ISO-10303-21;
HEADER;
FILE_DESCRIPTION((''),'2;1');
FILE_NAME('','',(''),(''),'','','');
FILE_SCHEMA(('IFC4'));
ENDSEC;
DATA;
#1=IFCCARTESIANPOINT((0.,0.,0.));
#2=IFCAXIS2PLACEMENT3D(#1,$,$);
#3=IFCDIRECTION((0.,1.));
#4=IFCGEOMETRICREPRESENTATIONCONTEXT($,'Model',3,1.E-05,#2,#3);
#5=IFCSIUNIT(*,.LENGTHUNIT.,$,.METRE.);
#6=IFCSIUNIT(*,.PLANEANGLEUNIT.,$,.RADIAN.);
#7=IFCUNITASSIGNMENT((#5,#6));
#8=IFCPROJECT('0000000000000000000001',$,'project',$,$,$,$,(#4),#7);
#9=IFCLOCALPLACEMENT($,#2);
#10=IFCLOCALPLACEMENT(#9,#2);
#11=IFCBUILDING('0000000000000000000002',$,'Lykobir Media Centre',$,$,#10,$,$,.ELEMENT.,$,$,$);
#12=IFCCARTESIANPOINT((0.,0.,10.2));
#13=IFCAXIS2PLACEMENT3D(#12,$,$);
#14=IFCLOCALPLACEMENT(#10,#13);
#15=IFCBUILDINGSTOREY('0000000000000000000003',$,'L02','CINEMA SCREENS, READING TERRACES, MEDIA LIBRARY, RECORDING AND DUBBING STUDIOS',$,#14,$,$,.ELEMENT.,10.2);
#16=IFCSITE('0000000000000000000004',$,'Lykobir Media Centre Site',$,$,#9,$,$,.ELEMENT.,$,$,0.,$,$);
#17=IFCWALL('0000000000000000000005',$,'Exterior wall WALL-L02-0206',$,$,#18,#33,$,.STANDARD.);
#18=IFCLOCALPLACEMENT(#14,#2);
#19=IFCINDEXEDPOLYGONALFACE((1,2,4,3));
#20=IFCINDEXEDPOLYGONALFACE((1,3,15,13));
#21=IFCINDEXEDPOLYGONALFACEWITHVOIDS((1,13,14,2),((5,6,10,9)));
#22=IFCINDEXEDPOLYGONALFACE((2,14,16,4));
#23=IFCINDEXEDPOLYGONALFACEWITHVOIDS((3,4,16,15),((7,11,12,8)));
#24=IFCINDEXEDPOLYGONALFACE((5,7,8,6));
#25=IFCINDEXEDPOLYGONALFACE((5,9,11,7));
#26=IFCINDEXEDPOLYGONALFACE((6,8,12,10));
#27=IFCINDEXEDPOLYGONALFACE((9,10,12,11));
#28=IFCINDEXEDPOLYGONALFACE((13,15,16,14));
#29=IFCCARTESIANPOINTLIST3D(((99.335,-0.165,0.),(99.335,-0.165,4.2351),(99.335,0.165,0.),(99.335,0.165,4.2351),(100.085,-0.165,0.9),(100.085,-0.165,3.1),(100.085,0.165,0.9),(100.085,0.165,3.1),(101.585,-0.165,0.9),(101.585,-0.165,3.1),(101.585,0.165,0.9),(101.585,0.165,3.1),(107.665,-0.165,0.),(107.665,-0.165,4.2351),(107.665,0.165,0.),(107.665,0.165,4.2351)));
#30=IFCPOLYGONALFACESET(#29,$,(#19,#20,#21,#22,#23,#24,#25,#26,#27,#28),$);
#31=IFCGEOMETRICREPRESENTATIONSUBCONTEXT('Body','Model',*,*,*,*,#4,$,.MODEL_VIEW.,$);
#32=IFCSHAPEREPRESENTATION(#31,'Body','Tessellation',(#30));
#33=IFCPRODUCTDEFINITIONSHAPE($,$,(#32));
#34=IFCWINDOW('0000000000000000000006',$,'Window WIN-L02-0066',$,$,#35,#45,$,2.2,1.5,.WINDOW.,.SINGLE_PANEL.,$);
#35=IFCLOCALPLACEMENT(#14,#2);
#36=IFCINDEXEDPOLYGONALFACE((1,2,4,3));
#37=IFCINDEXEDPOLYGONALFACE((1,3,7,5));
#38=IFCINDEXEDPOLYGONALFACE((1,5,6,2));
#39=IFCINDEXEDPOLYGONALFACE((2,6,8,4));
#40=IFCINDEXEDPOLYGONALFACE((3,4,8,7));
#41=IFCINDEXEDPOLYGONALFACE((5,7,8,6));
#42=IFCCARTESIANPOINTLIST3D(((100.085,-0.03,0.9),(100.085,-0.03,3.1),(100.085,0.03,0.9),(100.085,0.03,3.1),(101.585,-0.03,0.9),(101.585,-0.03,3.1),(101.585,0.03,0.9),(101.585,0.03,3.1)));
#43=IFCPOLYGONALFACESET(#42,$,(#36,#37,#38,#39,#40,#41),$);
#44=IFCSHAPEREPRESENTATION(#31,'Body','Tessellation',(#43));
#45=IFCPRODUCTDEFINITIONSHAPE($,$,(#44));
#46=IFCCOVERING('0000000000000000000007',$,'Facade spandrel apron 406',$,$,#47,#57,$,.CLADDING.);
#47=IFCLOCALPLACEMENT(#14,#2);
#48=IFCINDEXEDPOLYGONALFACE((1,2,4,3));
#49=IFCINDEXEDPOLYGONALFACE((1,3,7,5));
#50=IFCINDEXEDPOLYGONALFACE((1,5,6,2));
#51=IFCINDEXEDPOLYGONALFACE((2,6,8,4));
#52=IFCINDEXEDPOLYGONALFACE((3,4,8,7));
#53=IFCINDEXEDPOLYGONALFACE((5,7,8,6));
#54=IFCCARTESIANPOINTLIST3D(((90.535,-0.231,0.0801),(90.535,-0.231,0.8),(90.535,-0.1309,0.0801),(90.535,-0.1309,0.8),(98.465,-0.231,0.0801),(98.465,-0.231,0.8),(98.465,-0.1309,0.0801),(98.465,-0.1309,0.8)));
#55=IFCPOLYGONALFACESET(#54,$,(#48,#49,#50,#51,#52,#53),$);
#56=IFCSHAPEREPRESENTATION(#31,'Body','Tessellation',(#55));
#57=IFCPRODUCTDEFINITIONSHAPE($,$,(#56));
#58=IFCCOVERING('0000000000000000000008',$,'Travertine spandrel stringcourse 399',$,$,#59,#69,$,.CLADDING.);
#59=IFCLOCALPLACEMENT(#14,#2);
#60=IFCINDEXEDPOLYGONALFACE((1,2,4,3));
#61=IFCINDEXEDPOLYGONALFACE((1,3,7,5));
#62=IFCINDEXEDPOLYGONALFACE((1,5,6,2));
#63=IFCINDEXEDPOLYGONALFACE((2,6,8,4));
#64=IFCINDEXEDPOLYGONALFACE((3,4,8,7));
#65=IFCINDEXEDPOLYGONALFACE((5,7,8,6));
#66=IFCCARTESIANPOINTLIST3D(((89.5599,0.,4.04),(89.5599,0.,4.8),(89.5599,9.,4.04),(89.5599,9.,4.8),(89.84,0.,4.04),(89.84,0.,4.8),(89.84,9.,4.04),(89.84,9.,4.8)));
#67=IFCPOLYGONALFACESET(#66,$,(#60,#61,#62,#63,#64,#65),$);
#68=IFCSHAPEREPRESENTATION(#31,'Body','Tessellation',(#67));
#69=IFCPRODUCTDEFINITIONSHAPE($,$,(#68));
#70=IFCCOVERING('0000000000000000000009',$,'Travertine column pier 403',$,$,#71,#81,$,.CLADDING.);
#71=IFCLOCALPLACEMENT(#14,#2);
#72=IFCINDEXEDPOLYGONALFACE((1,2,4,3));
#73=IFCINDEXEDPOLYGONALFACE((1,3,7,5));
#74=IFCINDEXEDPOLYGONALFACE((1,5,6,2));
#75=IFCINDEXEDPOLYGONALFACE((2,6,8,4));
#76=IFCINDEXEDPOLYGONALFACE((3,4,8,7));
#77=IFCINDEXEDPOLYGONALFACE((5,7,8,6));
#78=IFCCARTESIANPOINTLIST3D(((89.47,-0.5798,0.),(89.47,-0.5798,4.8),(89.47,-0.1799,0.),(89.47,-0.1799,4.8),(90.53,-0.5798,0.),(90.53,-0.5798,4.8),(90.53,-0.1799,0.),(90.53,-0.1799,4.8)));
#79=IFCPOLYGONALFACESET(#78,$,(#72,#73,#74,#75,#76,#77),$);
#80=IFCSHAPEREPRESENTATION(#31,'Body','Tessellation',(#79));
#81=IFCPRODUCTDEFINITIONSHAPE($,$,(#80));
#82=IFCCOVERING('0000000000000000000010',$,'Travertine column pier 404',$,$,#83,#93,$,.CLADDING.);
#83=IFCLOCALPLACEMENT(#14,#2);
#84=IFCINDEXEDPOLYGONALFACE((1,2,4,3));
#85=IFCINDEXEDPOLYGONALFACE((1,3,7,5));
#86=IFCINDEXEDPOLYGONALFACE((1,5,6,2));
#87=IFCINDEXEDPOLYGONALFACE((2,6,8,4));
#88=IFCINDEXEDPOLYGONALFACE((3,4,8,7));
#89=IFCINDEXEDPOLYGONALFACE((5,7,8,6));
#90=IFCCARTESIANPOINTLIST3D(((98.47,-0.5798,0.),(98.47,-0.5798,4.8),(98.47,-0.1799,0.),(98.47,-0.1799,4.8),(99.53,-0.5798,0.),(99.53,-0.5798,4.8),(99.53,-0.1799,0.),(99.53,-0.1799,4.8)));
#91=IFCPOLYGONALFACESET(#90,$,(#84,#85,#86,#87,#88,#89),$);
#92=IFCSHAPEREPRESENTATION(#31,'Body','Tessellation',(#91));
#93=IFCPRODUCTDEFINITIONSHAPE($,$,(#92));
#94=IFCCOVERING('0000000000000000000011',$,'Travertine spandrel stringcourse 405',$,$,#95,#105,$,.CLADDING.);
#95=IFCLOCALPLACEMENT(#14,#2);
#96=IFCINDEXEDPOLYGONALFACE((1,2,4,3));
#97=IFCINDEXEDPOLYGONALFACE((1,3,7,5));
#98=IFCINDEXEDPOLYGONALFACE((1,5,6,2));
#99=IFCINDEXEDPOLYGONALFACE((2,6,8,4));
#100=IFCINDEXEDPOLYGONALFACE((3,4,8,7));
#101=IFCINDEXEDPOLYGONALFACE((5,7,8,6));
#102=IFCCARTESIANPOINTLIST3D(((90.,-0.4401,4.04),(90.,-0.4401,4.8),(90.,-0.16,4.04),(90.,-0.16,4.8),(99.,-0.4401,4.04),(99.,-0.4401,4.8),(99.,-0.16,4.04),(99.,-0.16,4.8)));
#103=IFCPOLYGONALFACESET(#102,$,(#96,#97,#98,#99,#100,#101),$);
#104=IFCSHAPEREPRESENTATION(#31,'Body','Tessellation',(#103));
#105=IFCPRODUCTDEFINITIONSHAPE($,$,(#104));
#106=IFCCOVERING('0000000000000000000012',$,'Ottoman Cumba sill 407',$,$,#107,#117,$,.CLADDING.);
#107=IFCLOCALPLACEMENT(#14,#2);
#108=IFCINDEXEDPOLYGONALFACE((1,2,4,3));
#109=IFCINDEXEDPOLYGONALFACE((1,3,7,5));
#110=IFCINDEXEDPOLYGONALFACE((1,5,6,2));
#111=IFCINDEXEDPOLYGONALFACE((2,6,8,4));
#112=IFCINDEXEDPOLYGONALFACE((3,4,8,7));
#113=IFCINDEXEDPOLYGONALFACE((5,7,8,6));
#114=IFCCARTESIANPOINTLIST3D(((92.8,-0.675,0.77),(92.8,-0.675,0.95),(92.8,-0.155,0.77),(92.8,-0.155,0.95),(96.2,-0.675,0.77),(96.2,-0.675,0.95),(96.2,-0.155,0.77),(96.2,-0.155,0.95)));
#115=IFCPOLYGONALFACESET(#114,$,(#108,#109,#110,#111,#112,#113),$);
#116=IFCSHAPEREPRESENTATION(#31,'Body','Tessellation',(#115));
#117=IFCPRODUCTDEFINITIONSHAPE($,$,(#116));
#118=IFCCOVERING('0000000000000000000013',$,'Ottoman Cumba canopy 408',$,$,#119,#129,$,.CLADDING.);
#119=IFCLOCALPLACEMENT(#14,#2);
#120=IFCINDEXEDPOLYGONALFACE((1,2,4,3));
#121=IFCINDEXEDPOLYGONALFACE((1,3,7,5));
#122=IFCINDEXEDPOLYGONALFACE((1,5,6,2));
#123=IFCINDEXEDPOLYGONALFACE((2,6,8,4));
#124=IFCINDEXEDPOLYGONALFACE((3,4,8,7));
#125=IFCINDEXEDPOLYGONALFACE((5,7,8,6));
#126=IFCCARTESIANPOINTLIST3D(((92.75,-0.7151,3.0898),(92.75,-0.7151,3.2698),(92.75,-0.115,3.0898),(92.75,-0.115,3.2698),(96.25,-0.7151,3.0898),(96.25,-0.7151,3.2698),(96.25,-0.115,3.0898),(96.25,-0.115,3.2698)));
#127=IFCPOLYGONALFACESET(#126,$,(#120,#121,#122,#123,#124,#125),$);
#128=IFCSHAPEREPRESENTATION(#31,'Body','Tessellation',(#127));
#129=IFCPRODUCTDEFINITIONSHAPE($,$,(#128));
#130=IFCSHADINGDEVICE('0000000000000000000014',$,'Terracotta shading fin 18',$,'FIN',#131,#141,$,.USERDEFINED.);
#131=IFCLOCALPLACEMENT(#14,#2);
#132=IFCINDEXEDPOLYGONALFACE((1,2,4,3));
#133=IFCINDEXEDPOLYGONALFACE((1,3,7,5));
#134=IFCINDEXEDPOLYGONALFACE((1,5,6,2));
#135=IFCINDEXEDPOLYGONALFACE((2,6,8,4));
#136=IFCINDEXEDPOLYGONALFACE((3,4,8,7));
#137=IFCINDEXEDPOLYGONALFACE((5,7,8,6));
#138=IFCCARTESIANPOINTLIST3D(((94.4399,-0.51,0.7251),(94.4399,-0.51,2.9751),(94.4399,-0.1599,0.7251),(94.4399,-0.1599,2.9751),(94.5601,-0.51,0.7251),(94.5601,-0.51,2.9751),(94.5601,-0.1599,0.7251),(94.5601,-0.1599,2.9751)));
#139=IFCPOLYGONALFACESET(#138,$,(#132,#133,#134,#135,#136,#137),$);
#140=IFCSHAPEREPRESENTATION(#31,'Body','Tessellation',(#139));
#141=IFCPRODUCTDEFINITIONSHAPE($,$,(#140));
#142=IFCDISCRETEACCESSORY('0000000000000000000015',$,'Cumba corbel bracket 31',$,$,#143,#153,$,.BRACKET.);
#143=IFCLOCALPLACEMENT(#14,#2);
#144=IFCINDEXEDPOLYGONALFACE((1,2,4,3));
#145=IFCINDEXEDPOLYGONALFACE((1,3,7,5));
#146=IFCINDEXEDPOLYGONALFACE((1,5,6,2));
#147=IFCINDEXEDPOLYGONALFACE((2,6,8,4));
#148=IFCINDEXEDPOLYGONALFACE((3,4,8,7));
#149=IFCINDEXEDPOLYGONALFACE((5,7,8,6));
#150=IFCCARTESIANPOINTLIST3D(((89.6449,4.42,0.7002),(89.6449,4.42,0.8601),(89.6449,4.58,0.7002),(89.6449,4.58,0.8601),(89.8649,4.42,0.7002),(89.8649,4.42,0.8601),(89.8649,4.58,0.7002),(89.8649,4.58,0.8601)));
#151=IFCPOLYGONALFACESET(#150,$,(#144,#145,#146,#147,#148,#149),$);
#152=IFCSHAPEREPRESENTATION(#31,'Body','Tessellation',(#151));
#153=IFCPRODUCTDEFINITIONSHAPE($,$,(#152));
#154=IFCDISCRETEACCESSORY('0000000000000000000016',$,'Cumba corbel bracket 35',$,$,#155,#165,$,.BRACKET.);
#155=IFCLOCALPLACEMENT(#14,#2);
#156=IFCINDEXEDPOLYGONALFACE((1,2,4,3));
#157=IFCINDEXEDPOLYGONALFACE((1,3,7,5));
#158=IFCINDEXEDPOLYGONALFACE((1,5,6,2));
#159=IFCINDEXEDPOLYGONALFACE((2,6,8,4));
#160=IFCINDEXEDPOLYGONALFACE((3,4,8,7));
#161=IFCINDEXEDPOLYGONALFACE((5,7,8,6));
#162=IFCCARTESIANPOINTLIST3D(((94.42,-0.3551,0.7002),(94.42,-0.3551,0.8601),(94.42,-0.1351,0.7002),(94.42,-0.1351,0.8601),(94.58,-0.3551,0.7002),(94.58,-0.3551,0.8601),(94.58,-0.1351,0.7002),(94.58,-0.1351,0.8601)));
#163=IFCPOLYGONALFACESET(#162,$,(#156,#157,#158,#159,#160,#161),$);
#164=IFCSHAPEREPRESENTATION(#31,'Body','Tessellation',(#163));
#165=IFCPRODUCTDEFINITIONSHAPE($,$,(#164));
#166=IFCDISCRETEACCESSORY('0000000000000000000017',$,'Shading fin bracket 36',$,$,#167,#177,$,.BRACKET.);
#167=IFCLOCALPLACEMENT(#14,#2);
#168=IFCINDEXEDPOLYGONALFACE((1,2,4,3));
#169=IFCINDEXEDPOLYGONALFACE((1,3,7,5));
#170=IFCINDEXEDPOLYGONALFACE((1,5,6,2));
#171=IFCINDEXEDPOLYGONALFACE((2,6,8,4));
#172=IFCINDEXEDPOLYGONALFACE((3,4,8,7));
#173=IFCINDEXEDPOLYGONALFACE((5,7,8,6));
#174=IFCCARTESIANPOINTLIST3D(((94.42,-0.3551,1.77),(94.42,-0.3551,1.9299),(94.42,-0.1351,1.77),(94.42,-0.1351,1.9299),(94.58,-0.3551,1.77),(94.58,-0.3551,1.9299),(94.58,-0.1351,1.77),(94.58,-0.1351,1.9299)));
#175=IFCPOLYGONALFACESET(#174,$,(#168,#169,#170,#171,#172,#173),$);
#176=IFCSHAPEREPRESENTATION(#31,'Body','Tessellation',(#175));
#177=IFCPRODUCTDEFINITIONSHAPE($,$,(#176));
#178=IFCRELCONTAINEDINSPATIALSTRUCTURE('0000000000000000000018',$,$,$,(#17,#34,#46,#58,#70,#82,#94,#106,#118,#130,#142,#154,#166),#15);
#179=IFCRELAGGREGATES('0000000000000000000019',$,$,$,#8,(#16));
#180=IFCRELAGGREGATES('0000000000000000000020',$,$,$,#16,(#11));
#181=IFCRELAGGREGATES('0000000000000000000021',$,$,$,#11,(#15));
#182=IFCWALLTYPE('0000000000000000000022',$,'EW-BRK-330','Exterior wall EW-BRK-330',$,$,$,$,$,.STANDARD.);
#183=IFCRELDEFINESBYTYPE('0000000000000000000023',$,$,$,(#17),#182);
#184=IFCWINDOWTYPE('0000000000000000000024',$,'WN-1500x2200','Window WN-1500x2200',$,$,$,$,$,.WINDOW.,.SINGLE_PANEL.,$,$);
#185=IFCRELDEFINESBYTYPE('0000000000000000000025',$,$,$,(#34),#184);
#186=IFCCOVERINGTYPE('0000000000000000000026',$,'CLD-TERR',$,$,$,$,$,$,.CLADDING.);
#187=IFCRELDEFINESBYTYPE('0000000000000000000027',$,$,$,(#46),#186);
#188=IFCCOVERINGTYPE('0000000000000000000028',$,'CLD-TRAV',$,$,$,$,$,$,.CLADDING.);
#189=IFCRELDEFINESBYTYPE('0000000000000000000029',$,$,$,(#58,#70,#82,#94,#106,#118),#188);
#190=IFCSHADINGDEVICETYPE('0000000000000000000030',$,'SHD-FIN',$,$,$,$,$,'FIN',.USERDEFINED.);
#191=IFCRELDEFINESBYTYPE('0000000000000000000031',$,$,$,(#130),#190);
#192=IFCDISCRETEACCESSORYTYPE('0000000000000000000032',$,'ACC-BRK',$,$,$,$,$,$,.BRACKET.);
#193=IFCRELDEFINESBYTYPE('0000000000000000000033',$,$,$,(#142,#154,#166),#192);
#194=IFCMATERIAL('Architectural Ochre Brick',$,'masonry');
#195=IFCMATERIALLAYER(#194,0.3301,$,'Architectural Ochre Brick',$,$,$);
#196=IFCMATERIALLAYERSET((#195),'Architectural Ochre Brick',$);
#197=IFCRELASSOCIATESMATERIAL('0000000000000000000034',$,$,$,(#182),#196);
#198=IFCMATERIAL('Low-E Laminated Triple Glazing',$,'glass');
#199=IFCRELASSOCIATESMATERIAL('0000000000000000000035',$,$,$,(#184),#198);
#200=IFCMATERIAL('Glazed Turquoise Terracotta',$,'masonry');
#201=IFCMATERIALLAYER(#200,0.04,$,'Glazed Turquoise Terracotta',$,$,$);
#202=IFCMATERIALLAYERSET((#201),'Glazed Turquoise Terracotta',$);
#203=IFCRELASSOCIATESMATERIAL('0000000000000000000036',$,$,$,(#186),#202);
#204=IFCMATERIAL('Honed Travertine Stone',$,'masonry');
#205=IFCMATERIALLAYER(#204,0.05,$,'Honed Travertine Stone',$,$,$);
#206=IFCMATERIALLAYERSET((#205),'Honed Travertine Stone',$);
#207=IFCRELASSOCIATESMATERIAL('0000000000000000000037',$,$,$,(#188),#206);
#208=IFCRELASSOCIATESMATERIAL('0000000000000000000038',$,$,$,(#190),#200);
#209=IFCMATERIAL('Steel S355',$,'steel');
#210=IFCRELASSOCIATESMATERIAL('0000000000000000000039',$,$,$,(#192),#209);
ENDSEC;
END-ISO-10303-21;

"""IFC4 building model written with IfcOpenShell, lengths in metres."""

from ifc_helpers import new_model, si_unit, direction, frame, frame_2d, origin, origin_2d, place, context, subcontext, project, spatial, rectangle, extrude, material, layer, layer_set, type_object, element, fill, save


model = new_model("IFC4")

# Units and contexts
model_context = context("Model", 3, precision=1e-05, world=origin(), true_north=direction((0.0, 1.0)))
body_context = subcontext(model_context, "Body", "Model", "MODEL_VIEW")
ifc_project = project(units=[si_unit("LENGTHUNIT", "METRE"), si_unit("PLANEANGLEUNIT", "RADIAN")], contexts=[model_context])

# Site, building, storey
site_placement = place(None, origin())
site = spatial("IfcSite", under=ifc_project, at=site_placement, Name="Lykobir Media Centre Site", CompositionType="ELEMENT", RefElevation=0.0)
building_placement = place(site_placement, origin())
building = spatial("IfcBuilding", under=site, at=building_placement, Name="Lykobir Media Centre", CompositionType="ELEMENT")
storey_placement = place(building_placement, frame((0.0, 0.0, 10.2)))
storey = spatial("IfcBuildingStorey", under=building, at=storey_placement, Name="L02", Description="CINEMA SCREENS, READING TERRACES, MEDIA LIBRARY, RECORDING AND DUBBING STUDIOS", CompositionType="ELEMENT", Elevation=10.2)

# Shared definitions
ifc_material_1 = material(Name="Steel S355", Category="steel")

# Wall, opening, window
ifc_material_2 = material(Name="Architectural Ochre Brick", Category="masonry")
ifc_layer_1 = layer(ifc_material_2, 0.3301, Name="Architectural Ochre Brick")
ifc_layer_set_1 = layer_set([ifc_layer_1], Name="Architectural Ochre Brick")
wall_type = type_object("IfcWallType", Name="EW-BRK-330", Description="Exterior wall EW-BRK-330", PredefinedType="STANDARD", material=ifc_layer_set_1)
ifc_material_3 = material(Name="Low-E Laminated Triple Glazing", Category="glass")
wall_1_placement = place(storey_placement, frame((99.335, 0.0, 0.0), z_axis=(0.0, 0.0, 1.0), x_axis=(1.0, 0.0, 0.0)))
wall_1 = element("IfcWall", 1, at=wall_1_placement, inside=storey, type_object=wall_type, Name="Exterior wall WALL-L02-0206", PredefinedType="STANDARD", context=body_context, shape_type="SweptSolid", body=[
    extrude(rectangle(XDim=8.3301, YDim=0.3301, at=frame_2d((4.165, 0.0))), origin(), (0.0, 0.0, 1.0), 4.2351),
])
opening_1_placement = place(wall_1_placement, frame((0.75, 0.0, 0.8999)))
opening_1 = element("IfcOpeningElement", 2, at=opening_1_placement, cuts=wall_1, PredefinedType="OPENING", context=body_context, shape_type="SweptSolid", body=[
    extrude(rectangle(XDim=1.5, YDim=2.2, at=frame_2d((0.75, 1.1001))), frame((0.0, 0.175, 0.0), z_axis=(0.0, -1.0, 0.0), x_axis=(1.0, 0.0, 0.0)), (0.0, 0.0, 1.0), 0.3501),
])
window_type_1 = type_object("IfcWindowType", Name="WN-1500x2200", Description="Window WN-1500x2200", PartitioningType="SINGLE_PANEL", PredefinedType="WINDOW", material=ifc_material_3)
window_1_placement = place(opening_1_placement, origin())
window_1 = element("IfcWindow", 3, at=window_1_placement, inside=storey, type_object=window_type_1, Name="Window WIN-L02-0066", OverallHeight=2.2, OverallWidth=1.5, PartitioningType="SINGLE_PANEL", PredefinedType="WINDOW", context=body_context, shape_type="SweptSolid", body=[
    extrude(rectangle(XDim=1.5, YDim=2.2, at=frame_2d((0.75, 1.1001))), frame((0.0, 0.03, 0.0), z_axis=(0.0, -1.0, 0.0), x_axis=(1.0, 0.0, 0.0)), (0.0, 0.0, 1.0), 0.0601),
])
fill(opening_1, window_1)

# Coverings
ifc_material_4 = material(Name="Glazed Turquoise Terracotta", Category="masonry")
ifc_layer_2 = layer(ifc_material_4, 0.04, Name="Glazed Turquoise Terracotta")
ifc_layer_set_2 = layer_set([ifc_layer_2], Name="Glazed Turquoise Terracotta")
covering_type_1 = type_object("IfcCoveringType", Name="CLD-TERR", PredefinedType="CLADDING", material=ifc_layer_set_2)
covering_1_placement = place(storey_placement, frame((94.5, -0.1809, 0.0801), z_axis=(0.0, 0.0, 1.0), x_axis=(1.0, 0.0, 0.0)))
element("IfcCovering", 4, at=covering_1_placement, inside=storey, type_object=covering_type_1, Name="Facade spandrel apron 406", PredefinedType="CLADDING", context=body_context, shape_type="SweptSolid", body=[
    extrude(rectangle(XDim=7.9299, YDim=0.1001, at=origin_2d()), origin(), (0.0, 0.0, 1.0), 0.72),
])
ifc_material_5 = material(Name="Honed Travertine Stone", Category="masonry")
ifc_layer_3 = layer(ifc_material_5, 0.05, Name="Honed Travertine Stone")
ifc_layer_set_3 = layer_set([ifc_layer_3], Name="Honed Travertine Stone")
covering_type_2 = type_object("IfcCoveringType", Name="CLD-TRAV", PredefinedType="CLADDING", material=ifc_layer_set_3)
covering_2_placement = place(storey_placement, frame((89.7, 4.5, 4.04), z_axis=(0.0, 0.0, 1.0), x_axis=(0.0, -1.0, 0.0)))
element("IfcCovering", 5, at=covering_2_placement, inside=storey, type_object=covering_type_2, Name="Travertine spandrel stringcourse 399", PredefinedType="CLADDING", context=body_context, shape_type="SweptSolid", body=[
    extrude(rectangle(XDim=9.0, YDim=0.28, at=origin_2d()), origin(), (0.0, 0.0, 1.0), 0.76),
])
for number, where, z_axis, x_axis, name in (
    (6, (90.0, -0.3799, 0.0), (0.0, 0.0, 1.0), (1.0, 0.0, 0.0), "Travertine column pier 403"),
    (7, (99.0, -0.3799, 0.0), (0.0, 0.0, 1.0), (1.0, 0.0, 0.0), "Travertine column pier 404"),
):
    element("IfcCovering", number, at=place(storey_placement, frame(where, z_axis=z_axis, x_axis=x_axis)), inside=storey, type_object=covering_type_2, Name=name, PredefinedType="CLADDING", context=body_context, shape_type="SweptSolid", body=[
        extrude(rectangle(XDim=1.0601, YDim=0.3999, at=origin_2d()), origin(), (0.0, 0.0, 1.0), 4.8),
    ])
covering_3_placement = place(storey_placement, frame((94.5, -0.3, 4.04), z_axis=(0.0, 0.0, 1.0), x_axis=(1.0, 0.0, 0.0)))
element("IfcCovering", 8, at=covering_3_placement, inside=storey, type_object=covering_type_2, Name="Travertine spandrel stringcourse 405", PredefinedType="CLADDING", context=body_context, shape_type="SweptSolid", body=[
    extrude(rectangle(XDim=9.0, YDim=0.28, at=origin_2d()), origin(), (0.0, 0.0, 1.0), 0.76),
])
covering_4_placement = place(storey_placement, frame((94.5, -0.415, 0.77), z_axis=(0.0, 0.0, 1.0), x_axis=(1.0, 0.0, 0.0)))
element("IfcCovering", 9, at=covering_4_placement, inside=storey, type_object=covering_type_2, Name="Ottoman Cumba sill 407", PredefinedType="CLADDING", context=body_context, shape_type="SweptSolid", body=[
    extrude(rectangle(XDim=3.3999, YDim=0.52, at=origin_2d()), origin(), (0.0, 0.0, 1.0), 0.1799),
])
covering_5_placement = place(storey_placement, frame((94.5, -0.415, 3.0898), z_axis=(0.0, 0.0, 1.0), x_axis=(1.0, 0.0, 0.0)))
element("IfcCovering", 10, at=covering_5_placement, inside=storey, type_object=covering_type_2, Name="Ottoman Cumba canopy 408", PredefinedType="CLADDING", context=body_context, shape_type="SweptSolid", body=[
    extrude(rectangle(XDim=3.5, YDim=0.6001, at=origin_2d()), origin(), (0.0, 0.0, 1.0), 0.1799),
])

# Shading device
shading_device_type = type_object("IfcShadingDeviceType", Name="SHD-FIN", ElementType="FIN", PredefinedType="USERDEFINED", material=ifc_material_4)
shading_device_placement = place(storey_placement, frame((94.5, -0.335, 0.7251), z_axis=(0.0, 0.0, 1.0), x_axis=(1.0, 0.0, 0.0)))
element("IfcShadingDevice", 11, at=shading_device_placement, inside=storey, type_object=shading_device_type, Name="Terracotta shading fin 18", ObjectType="FIN", PredefinedType="USERDEFINED", context=body_context, shape_type="SweptSolid", body=[
    extrude(rectangle(XDim=0.1201, YDim=0.3501, at=origin_2d()), origin(), (0.0, 0.0, 1.0), 2.25),
])

# Discrete accessories
discrete_accessory_type = type_object("IfcDiscreteAccessoryType", Name="ACC-BRK", PredefinedType="BRACKET", material=ifc_material_1)
for number, where, z_axis, x_axis, name in (
    (12, (89.7549, 4.5, 0.7002), (0.0, 0.0, 1.0), (0.0, -1.0, 0.0), "Cumba corbel bracket 31"),
    (13, (94.5, -0.2451, 0.7002), (0.0, 0.0, 1.0), (1.0, 0.0, 0.0), "Cumba corbel bracket 35"),
    (14, (94.5, -0.2451, 1.77), (0.0, 0.0, 1.0), (1.0, 0.0, 0.0), "Shading fin bracket 36"),
):
    element("IfcDiscreteAccessory", number, at=place(storey_placement, frame(where, z_axis=z_axis, x_axis=x_axis)), inside=storey, type_object=discrete_accessory_type, Name=name, PredefinedType="BRACKET", context=body_context, shape_type="SweptSolid", body=[
        extrude(rectangle(XDim=0.1599, YDim=0.22, at=origin_2d()), origin(), (0.0, 0.0, 1.0), 0.1599),
    ])

save(model, "model.ifc")
